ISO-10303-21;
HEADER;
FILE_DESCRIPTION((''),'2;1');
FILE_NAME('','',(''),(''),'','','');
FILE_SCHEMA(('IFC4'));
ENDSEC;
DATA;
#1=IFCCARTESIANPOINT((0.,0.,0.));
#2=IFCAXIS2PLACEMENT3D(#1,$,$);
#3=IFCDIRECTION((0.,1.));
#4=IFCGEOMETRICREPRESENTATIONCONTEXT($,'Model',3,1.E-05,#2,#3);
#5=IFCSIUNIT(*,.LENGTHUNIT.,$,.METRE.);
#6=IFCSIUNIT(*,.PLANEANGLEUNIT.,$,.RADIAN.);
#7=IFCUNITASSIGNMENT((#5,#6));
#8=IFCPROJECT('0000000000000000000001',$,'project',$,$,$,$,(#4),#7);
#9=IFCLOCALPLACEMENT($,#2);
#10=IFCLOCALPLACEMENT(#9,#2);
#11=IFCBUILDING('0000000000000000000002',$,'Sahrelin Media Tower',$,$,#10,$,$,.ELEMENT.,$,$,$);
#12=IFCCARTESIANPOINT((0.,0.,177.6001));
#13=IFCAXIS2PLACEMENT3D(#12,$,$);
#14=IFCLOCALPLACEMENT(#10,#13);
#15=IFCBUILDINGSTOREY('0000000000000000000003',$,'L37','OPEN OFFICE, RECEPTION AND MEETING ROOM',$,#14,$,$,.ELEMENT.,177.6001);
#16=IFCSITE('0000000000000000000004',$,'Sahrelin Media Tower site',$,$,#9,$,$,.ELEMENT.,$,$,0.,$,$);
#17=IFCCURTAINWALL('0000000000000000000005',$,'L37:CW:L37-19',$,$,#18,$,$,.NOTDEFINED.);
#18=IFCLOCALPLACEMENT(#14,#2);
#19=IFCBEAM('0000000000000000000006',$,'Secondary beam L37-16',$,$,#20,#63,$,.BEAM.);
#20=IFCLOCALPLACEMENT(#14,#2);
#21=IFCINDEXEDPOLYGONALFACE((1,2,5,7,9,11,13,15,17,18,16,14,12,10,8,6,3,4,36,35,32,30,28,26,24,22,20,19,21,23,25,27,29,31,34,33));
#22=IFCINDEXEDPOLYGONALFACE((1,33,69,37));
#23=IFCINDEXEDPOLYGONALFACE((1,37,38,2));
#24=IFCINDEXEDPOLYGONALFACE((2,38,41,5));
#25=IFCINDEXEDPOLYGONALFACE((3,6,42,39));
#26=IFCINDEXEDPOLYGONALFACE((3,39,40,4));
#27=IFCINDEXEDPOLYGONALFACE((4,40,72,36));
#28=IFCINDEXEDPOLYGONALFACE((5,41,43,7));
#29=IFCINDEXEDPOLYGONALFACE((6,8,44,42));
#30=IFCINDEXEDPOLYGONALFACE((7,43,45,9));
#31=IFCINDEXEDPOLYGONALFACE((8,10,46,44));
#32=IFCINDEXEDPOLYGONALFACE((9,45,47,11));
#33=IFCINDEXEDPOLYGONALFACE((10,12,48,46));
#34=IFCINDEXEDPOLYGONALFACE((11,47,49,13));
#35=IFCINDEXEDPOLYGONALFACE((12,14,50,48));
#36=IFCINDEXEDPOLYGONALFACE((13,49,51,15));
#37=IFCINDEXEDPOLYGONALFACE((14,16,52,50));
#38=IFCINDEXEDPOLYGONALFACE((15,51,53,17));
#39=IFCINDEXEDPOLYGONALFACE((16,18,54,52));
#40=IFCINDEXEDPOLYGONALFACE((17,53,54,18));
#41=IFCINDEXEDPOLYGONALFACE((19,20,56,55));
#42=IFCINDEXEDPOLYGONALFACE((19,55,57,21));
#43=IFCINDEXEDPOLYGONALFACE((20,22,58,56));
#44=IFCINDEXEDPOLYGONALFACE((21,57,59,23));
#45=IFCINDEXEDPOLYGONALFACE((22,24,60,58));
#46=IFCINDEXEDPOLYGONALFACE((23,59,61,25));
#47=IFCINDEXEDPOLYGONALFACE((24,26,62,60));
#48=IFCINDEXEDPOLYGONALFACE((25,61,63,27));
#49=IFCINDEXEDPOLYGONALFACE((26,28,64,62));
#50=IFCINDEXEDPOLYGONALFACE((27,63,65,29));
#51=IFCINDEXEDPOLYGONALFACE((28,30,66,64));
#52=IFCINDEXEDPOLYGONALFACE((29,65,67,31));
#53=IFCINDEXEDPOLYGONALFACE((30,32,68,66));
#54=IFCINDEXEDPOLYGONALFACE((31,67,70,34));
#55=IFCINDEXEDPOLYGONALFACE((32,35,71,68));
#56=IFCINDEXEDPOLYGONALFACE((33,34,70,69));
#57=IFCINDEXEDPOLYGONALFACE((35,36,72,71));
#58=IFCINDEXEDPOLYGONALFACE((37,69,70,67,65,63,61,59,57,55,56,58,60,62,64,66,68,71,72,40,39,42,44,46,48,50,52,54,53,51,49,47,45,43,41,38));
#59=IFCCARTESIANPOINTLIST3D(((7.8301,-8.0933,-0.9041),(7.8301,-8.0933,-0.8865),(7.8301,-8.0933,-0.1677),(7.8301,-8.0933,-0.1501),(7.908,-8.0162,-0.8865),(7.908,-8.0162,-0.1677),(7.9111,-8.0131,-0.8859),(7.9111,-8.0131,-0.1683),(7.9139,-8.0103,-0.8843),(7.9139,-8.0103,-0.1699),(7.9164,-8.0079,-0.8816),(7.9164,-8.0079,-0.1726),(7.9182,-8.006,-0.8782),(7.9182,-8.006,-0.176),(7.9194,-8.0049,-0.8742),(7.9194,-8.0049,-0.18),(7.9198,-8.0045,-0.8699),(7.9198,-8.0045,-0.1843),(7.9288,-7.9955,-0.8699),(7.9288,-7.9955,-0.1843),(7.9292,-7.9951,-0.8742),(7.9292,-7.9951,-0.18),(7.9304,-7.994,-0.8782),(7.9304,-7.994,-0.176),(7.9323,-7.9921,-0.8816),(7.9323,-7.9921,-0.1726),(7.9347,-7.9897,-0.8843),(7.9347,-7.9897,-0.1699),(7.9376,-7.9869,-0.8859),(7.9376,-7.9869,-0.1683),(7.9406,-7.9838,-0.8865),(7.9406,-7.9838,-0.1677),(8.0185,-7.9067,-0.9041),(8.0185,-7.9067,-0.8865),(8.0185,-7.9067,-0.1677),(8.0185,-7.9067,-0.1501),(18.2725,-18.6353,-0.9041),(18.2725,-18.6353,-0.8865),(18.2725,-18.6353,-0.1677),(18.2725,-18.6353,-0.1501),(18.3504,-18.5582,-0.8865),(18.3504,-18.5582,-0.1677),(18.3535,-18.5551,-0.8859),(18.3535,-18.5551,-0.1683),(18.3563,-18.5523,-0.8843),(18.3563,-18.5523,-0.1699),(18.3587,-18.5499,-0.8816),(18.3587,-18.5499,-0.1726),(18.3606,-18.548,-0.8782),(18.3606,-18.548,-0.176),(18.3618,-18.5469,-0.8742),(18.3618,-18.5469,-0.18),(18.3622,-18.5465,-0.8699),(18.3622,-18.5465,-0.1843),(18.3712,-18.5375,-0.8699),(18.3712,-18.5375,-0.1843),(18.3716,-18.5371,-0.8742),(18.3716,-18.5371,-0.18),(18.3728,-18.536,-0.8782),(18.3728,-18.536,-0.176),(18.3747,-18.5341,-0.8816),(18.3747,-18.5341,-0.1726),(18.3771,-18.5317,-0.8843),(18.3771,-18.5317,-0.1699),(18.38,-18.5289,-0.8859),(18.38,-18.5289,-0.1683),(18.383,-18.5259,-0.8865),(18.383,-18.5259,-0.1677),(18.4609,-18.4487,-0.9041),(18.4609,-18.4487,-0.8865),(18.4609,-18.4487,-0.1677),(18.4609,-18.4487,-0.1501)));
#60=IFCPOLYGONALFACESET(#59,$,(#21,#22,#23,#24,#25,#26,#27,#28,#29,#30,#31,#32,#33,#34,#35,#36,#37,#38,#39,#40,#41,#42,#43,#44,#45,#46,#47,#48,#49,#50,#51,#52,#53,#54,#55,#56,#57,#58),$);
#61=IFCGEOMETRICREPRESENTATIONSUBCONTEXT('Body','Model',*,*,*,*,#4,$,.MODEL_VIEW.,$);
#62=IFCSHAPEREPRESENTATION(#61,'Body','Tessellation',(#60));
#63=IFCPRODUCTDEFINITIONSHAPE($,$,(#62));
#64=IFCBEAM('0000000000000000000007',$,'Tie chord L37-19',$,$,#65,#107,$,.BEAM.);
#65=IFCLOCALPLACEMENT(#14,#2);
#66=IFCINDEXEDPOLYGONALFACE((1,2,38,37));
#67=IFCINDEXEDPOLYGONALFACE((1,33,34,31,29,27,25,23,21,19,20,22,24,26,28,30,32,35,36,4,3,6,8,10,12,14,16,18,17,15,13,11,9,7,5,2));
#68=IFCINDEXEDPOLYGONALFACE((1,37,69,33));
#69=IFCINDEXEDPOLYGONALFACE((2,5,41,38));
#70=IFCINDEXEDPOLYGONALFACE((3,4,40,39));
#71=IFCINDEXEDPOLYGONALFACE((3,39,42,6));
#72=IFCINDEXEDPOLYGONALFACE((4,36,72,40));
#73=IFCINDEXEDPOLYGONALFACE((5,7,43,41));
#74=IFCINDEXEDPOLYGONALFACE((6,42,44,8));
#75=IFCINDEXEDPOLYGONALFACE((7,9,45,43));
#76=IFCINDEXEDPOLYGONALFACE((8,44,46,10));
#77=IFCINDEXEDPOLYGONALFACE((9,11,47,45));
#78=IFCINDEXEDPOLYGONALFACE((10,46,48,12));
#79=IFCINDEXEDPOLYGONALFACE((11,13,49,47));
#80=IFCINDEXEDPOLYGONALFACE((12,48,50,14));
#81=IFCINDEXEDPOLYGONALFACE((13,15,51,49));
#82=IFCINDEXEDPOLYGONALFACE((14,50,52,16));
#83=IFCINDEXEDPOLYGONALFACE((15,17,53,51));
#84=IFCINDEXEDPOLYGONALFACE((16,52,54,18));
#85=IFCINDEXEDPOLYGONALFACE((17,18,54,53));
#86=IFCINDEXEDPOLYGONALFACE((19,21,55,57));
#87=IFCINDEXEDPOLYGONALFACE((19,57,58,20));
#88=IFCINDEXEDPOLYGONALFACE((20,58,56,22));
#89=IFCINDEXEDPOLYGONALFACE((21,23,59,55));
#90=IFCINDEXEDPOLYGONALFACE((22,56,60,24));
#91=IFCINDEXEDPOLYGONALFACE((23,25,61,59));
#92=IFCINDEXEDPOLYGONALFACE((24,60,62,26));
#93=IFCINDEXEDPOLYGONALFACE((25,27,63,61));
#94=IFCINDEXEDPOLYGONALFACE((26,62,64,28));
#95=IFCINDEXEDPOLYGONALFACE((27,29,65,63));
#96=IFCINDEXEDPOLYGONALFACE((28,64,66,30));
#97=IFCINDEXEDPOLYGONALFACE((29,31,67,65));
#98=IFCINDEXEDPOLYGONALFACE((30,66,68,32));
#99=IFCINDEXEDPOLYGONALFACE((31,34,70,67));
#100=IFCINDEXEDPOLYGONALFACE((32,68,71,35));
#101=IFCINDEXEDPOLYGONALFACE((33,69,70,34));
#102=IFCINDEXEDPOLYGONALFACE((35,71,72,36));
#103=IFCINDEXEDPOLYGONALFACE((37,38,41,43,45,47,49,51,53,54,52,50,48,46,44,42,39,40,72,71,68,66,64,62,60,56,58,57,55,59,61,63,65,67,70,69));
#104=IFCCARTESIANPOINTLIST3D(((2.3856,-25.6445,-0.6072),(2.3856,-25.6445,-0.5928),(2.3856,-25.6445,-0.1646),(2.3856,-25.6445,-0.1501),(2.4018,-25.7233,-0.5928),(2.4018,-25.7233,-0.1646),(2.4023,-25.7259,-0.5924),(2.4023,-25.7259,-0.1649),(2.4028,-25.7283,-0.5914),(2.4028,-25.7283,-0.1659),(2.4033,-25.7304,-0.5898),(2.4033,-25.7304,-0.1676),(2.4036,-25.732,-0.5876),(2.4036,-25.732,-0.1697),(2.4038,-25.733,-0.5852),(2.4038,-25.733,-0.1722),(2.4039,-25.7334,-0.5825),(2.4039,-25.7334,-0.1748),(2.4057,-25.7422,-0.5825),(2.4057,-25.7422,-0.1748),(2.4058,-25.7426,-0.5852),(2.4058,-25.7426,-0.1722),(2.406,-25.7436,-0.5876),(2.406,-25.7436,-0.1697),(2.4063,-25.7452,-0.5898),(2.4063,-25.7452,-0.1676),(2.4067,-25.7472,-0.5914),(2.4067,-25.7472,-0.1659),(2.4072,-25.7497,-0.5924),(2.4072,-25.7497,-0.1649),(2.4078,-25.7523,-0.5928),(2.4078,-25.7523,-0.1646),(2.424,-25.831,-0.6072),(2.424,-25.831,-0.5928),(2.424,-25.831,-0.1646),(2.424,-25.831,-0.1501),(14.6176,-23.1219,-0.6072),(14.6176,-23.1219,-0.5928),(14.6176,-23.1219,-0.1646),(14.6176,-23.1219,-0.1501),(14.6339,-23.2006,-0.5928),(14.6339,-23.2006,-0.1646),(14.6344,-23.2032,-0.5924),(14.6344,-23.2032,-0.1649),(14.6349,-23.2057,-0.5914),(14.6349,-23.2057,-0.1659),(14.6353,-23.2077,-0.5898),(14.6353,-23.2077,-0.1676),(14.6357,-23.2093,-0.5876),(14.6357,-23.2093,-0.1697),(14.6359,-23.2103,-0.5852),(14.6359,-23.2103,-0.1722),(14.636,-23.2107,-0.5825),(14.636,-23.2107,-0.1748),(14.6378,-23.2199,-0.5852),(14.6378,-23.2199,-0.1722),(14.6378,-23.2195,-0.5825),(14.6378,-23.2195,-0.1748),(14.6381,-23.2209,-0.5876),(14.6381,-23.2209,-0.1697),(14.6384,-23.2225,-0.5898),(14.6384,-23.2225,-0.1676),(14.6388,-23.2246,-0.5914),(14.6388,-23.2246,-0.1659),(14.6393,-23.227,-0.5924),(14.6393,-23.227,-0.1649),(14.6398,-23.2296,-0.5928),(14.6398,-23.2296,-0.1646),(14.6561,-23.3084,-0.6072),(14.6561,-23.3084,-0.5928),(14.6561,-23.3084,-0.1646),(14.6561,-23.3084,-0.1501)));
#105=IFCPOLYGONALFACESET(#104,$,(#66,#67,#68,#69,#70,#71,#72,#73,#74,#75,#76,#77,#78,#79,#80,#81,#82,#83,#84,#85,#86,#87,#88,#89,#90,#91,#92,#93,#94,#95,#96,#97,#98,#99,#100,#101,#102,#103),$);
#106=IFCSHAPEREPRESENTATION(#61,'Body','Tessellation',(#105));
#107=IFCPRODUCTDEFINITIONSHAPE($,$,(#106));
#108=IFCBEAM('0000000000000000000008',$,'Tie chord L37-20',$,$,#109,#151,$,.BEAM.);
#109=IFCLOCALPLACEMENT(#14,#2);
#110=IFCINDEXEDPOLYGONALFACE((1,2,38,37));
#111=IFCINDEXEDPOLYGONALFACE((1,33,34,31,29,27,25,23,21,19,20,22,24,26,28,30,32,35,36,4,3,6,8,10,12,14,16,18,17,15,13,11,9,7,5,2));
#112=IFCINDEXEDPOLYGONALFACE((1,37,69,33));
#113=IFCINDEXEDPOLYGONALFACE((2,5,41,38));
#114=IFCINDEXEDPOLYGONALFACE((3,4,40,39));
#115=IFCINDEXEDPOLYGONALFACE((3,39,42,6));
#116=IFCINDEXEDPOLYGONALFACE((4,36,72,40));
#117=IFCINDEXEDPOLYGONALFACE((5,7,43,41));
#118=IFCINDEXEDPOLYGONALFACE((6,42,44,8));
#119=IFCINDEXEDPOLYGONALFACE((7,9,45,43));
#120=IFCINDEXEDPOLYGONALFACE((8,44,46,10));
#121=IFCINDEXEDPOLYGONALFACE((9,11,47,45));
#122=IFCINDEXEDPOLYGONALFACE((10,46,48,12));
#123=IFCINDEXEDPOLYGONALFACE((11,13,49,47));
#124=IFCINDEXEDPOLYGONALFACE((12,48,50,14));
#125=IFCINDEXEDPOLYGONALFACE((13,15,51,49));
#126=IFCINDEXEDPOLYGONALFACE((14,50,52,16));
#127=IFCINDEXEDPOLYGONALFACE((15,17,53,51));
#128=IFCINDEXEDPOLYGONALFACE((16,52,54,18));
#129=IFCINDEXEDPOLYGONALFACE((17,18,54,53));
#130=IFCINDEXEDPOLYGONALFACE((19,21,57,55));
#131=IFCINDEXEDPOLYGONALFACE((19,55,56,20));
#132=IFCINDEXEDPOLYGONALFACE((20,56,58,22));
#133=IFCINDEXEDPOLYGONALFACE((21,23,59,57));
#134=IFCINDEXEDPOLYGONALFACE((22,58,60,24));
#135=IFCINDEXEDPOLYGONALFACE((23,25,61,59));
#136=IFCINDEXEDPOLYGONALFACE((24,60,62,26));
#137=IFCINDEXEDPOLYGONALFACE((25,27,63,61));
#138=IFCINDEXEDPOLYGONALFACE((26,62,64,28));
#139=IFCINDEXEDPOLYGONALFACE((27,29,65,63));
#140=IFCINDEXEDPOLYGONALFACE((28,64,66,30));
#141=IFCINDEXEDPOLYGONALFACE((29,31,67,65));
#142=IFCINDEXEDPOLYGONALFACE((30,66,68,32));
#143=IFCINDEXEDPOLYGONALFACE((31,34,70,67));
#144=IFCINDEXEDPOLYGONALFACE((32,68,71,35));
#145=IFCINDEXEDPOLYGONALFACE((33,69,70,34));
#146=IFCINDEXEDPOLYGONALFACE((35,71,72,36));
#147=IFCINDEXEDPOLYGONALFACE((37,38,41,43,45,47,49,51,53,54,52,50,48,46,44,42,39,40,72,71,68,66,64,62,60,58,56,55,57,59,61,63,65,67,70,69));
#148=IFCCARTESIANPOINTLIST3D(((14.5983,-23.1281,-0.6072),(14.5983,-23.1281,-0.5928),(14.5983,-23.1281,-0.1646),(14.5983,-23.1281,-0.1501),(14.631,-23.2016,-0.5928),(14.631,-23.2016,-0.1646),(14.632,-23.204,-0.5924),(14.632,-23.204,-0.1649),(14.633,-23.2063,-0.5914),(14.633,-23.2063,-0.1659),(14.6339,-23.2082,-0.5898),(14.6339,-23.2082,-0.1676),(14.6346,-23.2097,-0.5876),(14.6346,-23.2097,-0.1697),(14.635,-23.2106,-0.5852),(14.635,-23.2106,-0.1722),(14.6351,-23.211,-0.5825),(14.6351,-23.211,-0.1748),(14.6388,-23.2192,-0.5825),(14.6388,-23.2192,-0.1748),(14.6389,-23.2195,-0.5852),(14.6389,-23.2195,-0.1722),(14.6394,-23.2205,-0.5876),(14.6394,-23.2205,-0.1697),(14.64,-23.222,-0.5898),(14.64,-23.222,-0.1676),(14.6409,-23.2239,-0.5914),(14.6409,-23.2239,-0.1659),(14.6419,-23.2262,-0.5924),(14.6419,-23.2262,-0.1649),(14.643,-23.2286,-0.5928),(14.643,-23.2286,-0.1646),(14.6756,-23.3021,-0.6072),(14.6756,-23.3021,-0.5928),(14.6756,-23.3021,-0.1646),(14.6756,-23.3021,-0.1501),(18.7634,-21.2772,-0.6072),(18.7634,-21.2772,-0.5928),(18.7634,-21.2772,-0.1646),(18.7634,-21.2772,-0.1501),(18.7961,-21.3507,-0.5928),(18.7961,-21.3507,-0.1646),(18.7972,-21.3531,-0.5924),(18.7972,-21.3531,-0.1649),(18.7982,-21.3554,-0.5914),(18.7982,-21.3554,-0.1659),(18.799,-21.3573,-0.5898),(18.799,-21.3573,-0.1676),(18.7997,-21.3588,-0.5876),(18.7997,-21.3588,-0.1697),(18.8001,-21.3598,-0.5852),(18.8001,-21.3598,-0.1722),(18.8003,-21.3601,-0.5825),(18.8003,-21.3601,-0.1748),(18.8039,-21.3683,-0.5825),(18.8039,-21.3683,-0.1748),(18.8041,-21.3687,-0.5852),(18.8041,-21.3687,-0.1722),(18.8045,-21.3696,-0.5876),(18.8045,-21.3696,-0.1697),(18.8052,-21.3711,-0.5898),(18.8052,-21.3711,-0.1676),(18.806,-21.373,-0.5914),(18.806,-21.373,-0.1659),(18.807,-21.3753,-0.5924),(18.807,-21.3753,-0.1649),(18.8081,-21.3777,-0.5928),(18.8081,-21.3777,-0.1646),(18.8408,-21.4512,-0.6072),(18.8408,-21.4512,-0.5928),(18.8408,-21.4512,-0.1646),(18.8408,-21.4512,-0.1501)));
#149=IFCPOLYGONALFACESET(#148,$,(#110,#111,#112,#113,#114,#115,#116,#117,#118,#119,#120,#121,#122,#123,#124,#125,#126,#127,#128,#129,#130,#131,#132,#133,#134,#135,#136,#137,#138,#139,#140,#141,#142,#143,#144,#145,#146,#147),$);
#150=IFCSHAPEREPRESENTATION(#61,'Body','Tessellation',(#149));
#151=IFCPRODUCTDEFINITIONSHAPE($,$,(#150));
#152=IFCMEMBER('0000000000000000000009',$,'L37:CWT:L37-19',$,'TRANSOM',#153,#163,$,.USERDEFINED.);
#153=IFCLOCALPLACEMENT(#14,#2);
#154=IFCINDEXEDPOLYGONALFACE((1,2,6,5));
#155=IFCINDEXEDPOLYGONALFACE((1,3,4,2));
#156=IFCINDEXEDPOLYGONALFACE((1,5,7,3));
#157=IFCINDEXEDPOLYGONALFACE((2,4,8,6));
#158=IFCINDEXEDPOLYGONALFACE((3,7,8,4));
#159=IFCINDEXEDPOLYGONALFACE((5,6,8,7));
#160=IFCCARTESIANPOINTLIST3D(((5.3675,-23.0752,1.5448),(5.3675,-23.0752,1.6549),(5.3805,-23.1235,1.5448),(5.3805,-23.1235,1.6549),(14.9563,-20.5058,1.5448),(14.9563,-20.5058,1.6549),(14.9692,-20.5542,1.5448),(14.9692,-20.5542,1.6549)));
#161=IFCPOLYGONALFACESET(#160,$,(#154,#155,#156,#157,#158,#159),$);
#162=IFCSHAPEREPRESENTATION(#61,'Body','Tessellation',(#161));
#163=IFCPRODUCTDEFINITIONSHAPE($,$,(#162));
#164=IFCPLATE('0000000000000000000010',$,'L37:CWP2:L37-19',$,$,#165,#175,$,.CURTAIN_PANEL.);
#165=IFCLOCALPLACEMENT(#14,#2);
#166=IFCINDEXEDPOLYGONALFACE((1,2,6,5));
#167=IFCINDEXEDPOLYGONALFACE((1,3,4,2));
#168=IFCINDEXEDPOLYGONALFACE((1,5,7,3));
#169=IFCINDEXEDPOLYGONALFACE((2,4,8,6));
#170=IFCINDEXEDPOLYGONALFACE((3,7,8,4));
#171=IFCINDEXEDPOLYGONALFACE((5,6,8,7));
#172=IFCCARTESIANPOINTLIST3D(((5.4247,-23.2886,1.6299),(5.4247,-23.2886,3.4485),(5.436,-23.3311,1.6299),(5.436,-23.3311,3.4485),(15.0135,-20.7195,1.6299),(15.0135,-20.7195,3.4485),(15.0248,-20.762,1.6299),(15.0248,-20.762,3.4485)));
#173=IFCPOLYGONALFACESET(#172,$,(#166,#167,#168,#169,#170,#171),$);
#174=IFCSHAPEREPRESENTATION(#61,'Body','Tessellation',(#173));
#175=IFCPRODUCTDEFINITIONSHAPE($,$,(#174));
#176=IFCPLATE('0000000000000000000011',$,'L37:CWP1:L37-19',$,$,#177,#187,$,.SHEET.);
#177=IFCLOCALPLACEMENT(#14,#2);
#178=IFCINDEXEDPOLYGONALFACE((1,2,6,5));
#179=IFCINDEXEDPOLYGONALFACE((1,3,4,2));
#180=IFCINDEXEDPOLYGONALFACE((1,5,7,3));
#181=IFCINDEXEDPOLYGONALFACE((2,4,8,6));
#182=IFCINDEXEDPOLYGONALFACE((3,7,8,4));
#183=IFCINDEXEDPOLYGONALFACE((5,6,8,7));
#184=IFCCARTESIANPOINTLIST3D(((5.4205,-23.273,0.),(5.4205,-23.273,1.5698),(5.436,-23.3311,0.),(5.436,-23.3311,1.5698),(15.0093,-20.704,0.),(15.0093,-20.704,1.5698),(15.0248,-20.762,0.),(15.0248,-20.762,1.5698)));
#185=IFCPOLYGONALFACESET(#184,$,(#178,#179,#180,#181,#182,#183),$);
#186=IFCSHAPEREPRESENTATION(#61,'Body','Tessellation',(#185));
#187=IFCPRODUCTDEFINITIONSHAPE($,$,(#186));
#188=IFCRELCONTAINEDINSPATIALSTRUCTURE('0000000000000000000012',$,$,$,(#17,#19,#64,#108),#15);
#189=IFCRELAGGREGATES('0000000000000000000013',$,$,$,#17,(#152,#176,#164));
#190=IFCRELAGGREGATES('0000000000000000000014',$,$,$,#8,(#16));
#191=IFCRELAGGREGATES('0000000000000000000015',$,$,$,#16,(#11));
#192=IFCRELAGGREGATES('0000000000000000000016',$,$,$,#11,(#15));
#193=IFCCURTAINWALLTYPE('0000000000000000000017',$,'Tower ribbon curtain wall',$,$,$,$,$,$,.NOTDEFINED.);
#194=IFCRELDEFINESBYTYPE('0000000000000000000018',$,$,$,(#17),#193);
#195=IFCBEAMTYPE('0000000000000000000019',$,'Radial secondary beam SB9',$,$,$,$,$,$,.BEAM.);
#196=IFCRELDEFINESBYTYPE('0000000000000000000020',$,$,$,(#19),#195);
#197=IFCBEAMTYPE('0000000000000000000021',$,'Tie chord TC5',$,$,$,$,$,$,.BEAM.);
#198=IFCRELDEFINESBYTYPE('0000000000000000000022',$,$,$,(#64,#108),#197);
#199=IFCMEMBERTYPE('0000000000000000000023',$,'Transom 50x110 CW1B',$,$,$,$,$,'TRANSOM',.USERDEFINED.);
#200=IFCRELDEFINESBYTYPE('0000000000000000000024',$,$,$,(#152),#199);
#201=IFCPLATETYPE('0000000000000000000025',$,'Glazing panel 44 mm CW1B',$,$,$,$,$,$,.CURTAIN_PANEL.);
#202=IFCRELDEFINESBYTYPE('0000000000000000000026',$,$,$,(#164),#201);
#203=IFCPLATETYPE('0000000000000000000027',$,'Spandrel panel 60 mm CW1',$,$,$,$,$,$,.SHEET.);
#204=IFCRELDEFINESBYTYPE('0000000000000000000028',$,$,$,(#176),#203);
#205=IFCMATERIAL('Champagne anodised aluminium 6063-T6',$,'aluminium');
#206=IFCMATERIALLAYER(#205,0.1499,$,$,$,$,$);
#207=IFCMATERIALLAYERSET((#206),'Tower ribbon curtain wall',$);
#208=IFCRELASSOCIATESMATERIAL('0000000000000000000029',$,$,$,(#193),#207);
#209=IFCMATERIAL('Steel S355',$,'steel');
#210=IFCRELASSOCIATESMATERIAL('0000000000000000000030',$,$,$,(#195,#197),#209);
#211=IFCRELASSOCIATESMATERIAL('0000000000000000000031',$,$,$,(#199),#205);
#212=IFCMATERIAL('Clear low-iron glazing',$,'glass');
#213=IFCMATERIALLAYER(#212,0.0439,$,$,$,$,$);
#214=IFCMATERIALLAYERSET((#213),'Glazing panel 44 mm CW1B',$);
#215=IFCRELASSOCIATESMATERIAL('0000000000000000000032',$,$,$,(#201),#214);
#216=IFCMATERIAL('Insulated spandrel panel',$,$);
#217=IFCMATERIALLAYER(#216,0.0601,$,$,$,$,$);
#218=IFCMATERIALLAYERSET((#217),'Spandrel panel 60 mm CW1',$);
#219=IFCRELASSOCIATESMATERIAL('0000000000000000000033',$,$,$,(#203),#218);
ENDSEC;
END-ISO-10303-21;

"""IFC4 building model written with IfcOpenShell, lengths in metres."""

from ifc_helpers import new_model, si_unit, direction, frame, origin, origin_2d, place, context, subcontext, project, spatial, polyline, rectangle, i_section, outline, extrude, material, layer, layer_set, material_profile, profile_set, type_object, element, aggregate, save


model = new_model("IFC4")

# Units and contexts
model_context = context("Model", 3, precision=1e-05, world=origin(), true_north=direction((0.0, 1.0)))
body_context = subcontext(model_context, "Body", "Model", "MODEL_VIEW")
ifc_project = project(units=[si_unit("LENGTHUNIT", "METRE"), si_unit("PLANEANGLEUNIT", "RADIAN")], contexts=[model_context])

# Site, building, storey
site_placement = place(None, origin())
site = spatial("IfcSite", under=ifc_project, at=site_placement, Name="Sahrelin Media Tower site", CompositionType="ELEMENT", RefElevation=0.0)
building_placement = place(site_placement, origin())
building = spatial("IfcBuilding", under=site, at=building_placement, Name="Sahrelin Media Tower", CompositionType="ELEMENT")
storey_placement = place(building_placement, frame((0.0, 0.0, 177.6001)))
storey = spatial("IfcBuildingStorey", under=building, at=storey_placement, Name="L37", Description="OPEN OFFICE, RECEPTION AND MEETING ROOM", CompositionType="ELEMENT", Elevation=177.6001)

# Shared definitions
ifc_material_1 = material(Name="Steel S355", Category="steel")

# Curtain wall
ifc_material_2 = material(Name="Champagne anodised aluminium 6063-T6", Category="aluminium")
ifc_layer_1 = layer(ifc_material_2, 0.1499)
ifc_layer_set_1 = layer_set([ifc_layer_1], Name="Tower ribbon curtain wall")
curtain_wall_type = type_object("IfcCurtainWallType", Name="Tower ribbon curtain wall", PredefinedType="NOTDEFINED", material=ifc_layer_set_1)
curtain_wall_placement = place(storey_placement, frame((10.2251, -22.0271, 0.0), z_axis=(0.0, 0.0, 1.0), x_axis=(1.0, 0.0, 0.0)))
curtain_wall = element("IfcCurtainWall", 1, at=curtain_wall_placement, inside=storey, type_object=curtain_wall_type, Name="L37:CW:L37-19", PredefinedType="NOTDEFINED")

# Beams
ifc_material_profile_1 = material_profile(ifc_material_1, i_section(OverallWidth=0.2651, OverallDepth=0.7539, WebThickness=0.0127, FlangeThickness=0.0176, FilletRadius=0.0166, at=origin_2d()), Name="UB 762x267x147")
ifc_profile_set_1 = profile_set([ifc_material_profile_1], Name="Steel S355")
beam_type_1 = type_object("IfcBeamType", Name="Radial secondary beam SB9", PredefinedType="BEAM", material=ifc_profile_set_1)
beam_1_placement = place(storey_placement, frame((7.9243, -8.0, -0.5271), z_axis=(0.703742, -0.710455, 0.0), x_axis=(0.710455, 0.703742, 0.0)))
element("IfcBeam", 2, at=beam_1_placement, inside=storey, type_object=beam_type_1, Name="Secondary beam L37-16", PredefinedType="BEAM", context=body_context, shape_type="SweptSolid", body=[
    extrude(i_section(OverallWidth=0.2651, OverallDepth=0.7539, WebThickness=0.0127, FlangeThickness=0.0176, FilletRadius=0.0166, at=origin_2d()), origin(), (0.0, 0.0, 1.0), 14.8384),
])
ifc_material_profile_2 = material_profile(ifc_material_1, i_section(OverallWidth=0.1904, OverallDepth=0.457, WebThickness=0.009, FlangeThickness=0.0144, FilletRadius=0.0103, at=origin_2d()), Name="UB 457x191x74")
ifc_profile_set_2 = profile_set([ifc_material_profile_2], Name="Steel S355")
beam_type_2 = type_object("IfcBeamType", Name="Tie chord TC5", PredefinedType="BEAM", material=ifc_profile_set_2)
beam_2_placement = place(storey_placement, frame((2.4048, -25.7378, -0.3787), z_axis=(0.979389, 0.201984, 0.0), x_axis=(-0.201984, 0.979389, 0.0)))
element("IfcBeam", 3, at=beam_2_placement, inside=storey, type_object=beam_type_2, Name="Tie chord L37-19", PredefinedType="BEAM", context=body_context, shape_type="SweptSolid", body=[
    extrude(i_section(OverallWidth=0.1904, OverallDepth=0.457, WebThickness=0.009, FlangeThickness=0.0144, FilletRadius=0.0103, at=origin_2d()), origin(), (0.0, 0.0, 1.0), 12.4895),
])
beam_3_placement = place(storey_placement, frame((14.637, -23.2151, -0.3787), z_axis=(0.913836, 0.406084, 0.0), x_axis=(-0.406084, 0.913836, 0.0)))
element("IfcBeam", 4, at=beam_3_placement, inside=storey, type_object=beam_type_2, Name="Tie chord L37-20", PredefinedType="BEAM", context=body_context, shape_type="SweptSolid", body=[
    extrude(i_section(OverallWidth=0.1904, OverallDepth=0.457, WebThickness=0.009, FlangeThickness=0.0144, FilletRadius=0.0103, at=origin_2d()), origin(), (0.0, 0.0, 1.0), 4.5579),
])

# Member
ifc_material_profile_3 = material_profile(ifc_material_2, rectangle(XDim=0.05, YDim=0.1101, at=origin_2d()), Name="Transom 50x110")
ifc_profile_set_3 = profile_set([ifc_material_profile_3], Name="Champagne anodised aluminium 6063-T6")
member_type_1 = type_object("IfcMemberType", Name="Transom 50x110 CW1B", ElementType="TRANSOM", PredefinedType="USERDEFINED", material=ifc_profile_set_3)
member_1_placement = place(storey_placement, frame((5.374, -23.0994, 1.5999), z_axis=(0.965924, 0.258826, 0.0), x_axis=(-0.258826, 0.965924, 0.0)))
member_1 = element("IfcMember", 5, at=member_1_placement, type_object=member_type_1, Name="L37:CWT:L37-19", ObjectType="TRANSOM", PredefinedType="USERDEFINED", context=body_context, shape_type="SweptSolid", body=[
    extrude(rectangle(XDim=0.05, YDim=0.1101, at=origin_2d()), origin(), (0.0, 0.0, 1.0), 9.927),
])

# Plates
ifc_material_3 = material(Name="Clear low-iron glazing", Category="glass")
ifc_layer_2 = layer(ifc_material_3, 0.0439)
ifc_layer_set_2 = layer_set([ifc_layer_2], Name="Glazing panel 44 mm CW1B")
plate_type_1 = type_object("IfcPlateType", Name="Glazing panel 44 mm CW1B", PredefinedType="CURTAIN_PANEL", material=ifc_layer_set_2)
plate_1_placement = place(storey_placement, frame((5.436, -23.3311, 1.6299), z_axis=(0.258797, -0.965932, 0.0), x_axis=(0.965932, 0.258797, 0.0)))
plate_1 = element("IfcPlate", 6, at=plate_1_placement, type_object=plate_type_1, Name="L37:CWP2:L37-19", PredefinedType="CURTAIN_PANEL", context=body_context, shape_type="SweptSolid", body=[
    extrude(outline(polyline([(0.0, 0.0), (9.927, 0.0), (9.927, 1.8186), (0.0, 1.8186), (0.0, 0.0)])), origin(), (0.0, 0.0, -1.0), 0.0439),
])
ifc_material_4 = material(Name="Insulated spandrel panel")
ifc_layer_3 = layer(ifc_material_4, 0.0601)
ifc_layer_set_3 = layer_set([ifc_layer_3], Name="Spandrel panel 60 mm CW1")
plate_type_2 = type_object("IfcPlateType", Name="Spandrel panel 60 mm CW1", PredefinedType="SHEET", material=ifc_layer_set_3)
plate_2_placement = place(storey_placement, frame((5.436, -23.3311, 0.0), z_axis=(0.258797, -0.965932, 0.0), x_axis=(0.965932, 0.258797, 0.0)))
plate_2 = element("IfcPlate", 7, at=plate_2_placement, type_object=plate_type_2, Name="L37:CWP1:L37-19", PredefinedType="SHEET", context=body_context, shape_type="SweptSolid", body=[
    extrude(outline(polyline([(0.0, 0.0), (9.927, 0.0), (9.927, 1.5698), (0.0, 1.5698), (0.0, 0.0)])), origin(), (0.0, 0.0, -1.0), 0.0601),
])
aggregate(curtain_wall, [member_1, plate_2, plate_1])

save(model, "model.ifc")
